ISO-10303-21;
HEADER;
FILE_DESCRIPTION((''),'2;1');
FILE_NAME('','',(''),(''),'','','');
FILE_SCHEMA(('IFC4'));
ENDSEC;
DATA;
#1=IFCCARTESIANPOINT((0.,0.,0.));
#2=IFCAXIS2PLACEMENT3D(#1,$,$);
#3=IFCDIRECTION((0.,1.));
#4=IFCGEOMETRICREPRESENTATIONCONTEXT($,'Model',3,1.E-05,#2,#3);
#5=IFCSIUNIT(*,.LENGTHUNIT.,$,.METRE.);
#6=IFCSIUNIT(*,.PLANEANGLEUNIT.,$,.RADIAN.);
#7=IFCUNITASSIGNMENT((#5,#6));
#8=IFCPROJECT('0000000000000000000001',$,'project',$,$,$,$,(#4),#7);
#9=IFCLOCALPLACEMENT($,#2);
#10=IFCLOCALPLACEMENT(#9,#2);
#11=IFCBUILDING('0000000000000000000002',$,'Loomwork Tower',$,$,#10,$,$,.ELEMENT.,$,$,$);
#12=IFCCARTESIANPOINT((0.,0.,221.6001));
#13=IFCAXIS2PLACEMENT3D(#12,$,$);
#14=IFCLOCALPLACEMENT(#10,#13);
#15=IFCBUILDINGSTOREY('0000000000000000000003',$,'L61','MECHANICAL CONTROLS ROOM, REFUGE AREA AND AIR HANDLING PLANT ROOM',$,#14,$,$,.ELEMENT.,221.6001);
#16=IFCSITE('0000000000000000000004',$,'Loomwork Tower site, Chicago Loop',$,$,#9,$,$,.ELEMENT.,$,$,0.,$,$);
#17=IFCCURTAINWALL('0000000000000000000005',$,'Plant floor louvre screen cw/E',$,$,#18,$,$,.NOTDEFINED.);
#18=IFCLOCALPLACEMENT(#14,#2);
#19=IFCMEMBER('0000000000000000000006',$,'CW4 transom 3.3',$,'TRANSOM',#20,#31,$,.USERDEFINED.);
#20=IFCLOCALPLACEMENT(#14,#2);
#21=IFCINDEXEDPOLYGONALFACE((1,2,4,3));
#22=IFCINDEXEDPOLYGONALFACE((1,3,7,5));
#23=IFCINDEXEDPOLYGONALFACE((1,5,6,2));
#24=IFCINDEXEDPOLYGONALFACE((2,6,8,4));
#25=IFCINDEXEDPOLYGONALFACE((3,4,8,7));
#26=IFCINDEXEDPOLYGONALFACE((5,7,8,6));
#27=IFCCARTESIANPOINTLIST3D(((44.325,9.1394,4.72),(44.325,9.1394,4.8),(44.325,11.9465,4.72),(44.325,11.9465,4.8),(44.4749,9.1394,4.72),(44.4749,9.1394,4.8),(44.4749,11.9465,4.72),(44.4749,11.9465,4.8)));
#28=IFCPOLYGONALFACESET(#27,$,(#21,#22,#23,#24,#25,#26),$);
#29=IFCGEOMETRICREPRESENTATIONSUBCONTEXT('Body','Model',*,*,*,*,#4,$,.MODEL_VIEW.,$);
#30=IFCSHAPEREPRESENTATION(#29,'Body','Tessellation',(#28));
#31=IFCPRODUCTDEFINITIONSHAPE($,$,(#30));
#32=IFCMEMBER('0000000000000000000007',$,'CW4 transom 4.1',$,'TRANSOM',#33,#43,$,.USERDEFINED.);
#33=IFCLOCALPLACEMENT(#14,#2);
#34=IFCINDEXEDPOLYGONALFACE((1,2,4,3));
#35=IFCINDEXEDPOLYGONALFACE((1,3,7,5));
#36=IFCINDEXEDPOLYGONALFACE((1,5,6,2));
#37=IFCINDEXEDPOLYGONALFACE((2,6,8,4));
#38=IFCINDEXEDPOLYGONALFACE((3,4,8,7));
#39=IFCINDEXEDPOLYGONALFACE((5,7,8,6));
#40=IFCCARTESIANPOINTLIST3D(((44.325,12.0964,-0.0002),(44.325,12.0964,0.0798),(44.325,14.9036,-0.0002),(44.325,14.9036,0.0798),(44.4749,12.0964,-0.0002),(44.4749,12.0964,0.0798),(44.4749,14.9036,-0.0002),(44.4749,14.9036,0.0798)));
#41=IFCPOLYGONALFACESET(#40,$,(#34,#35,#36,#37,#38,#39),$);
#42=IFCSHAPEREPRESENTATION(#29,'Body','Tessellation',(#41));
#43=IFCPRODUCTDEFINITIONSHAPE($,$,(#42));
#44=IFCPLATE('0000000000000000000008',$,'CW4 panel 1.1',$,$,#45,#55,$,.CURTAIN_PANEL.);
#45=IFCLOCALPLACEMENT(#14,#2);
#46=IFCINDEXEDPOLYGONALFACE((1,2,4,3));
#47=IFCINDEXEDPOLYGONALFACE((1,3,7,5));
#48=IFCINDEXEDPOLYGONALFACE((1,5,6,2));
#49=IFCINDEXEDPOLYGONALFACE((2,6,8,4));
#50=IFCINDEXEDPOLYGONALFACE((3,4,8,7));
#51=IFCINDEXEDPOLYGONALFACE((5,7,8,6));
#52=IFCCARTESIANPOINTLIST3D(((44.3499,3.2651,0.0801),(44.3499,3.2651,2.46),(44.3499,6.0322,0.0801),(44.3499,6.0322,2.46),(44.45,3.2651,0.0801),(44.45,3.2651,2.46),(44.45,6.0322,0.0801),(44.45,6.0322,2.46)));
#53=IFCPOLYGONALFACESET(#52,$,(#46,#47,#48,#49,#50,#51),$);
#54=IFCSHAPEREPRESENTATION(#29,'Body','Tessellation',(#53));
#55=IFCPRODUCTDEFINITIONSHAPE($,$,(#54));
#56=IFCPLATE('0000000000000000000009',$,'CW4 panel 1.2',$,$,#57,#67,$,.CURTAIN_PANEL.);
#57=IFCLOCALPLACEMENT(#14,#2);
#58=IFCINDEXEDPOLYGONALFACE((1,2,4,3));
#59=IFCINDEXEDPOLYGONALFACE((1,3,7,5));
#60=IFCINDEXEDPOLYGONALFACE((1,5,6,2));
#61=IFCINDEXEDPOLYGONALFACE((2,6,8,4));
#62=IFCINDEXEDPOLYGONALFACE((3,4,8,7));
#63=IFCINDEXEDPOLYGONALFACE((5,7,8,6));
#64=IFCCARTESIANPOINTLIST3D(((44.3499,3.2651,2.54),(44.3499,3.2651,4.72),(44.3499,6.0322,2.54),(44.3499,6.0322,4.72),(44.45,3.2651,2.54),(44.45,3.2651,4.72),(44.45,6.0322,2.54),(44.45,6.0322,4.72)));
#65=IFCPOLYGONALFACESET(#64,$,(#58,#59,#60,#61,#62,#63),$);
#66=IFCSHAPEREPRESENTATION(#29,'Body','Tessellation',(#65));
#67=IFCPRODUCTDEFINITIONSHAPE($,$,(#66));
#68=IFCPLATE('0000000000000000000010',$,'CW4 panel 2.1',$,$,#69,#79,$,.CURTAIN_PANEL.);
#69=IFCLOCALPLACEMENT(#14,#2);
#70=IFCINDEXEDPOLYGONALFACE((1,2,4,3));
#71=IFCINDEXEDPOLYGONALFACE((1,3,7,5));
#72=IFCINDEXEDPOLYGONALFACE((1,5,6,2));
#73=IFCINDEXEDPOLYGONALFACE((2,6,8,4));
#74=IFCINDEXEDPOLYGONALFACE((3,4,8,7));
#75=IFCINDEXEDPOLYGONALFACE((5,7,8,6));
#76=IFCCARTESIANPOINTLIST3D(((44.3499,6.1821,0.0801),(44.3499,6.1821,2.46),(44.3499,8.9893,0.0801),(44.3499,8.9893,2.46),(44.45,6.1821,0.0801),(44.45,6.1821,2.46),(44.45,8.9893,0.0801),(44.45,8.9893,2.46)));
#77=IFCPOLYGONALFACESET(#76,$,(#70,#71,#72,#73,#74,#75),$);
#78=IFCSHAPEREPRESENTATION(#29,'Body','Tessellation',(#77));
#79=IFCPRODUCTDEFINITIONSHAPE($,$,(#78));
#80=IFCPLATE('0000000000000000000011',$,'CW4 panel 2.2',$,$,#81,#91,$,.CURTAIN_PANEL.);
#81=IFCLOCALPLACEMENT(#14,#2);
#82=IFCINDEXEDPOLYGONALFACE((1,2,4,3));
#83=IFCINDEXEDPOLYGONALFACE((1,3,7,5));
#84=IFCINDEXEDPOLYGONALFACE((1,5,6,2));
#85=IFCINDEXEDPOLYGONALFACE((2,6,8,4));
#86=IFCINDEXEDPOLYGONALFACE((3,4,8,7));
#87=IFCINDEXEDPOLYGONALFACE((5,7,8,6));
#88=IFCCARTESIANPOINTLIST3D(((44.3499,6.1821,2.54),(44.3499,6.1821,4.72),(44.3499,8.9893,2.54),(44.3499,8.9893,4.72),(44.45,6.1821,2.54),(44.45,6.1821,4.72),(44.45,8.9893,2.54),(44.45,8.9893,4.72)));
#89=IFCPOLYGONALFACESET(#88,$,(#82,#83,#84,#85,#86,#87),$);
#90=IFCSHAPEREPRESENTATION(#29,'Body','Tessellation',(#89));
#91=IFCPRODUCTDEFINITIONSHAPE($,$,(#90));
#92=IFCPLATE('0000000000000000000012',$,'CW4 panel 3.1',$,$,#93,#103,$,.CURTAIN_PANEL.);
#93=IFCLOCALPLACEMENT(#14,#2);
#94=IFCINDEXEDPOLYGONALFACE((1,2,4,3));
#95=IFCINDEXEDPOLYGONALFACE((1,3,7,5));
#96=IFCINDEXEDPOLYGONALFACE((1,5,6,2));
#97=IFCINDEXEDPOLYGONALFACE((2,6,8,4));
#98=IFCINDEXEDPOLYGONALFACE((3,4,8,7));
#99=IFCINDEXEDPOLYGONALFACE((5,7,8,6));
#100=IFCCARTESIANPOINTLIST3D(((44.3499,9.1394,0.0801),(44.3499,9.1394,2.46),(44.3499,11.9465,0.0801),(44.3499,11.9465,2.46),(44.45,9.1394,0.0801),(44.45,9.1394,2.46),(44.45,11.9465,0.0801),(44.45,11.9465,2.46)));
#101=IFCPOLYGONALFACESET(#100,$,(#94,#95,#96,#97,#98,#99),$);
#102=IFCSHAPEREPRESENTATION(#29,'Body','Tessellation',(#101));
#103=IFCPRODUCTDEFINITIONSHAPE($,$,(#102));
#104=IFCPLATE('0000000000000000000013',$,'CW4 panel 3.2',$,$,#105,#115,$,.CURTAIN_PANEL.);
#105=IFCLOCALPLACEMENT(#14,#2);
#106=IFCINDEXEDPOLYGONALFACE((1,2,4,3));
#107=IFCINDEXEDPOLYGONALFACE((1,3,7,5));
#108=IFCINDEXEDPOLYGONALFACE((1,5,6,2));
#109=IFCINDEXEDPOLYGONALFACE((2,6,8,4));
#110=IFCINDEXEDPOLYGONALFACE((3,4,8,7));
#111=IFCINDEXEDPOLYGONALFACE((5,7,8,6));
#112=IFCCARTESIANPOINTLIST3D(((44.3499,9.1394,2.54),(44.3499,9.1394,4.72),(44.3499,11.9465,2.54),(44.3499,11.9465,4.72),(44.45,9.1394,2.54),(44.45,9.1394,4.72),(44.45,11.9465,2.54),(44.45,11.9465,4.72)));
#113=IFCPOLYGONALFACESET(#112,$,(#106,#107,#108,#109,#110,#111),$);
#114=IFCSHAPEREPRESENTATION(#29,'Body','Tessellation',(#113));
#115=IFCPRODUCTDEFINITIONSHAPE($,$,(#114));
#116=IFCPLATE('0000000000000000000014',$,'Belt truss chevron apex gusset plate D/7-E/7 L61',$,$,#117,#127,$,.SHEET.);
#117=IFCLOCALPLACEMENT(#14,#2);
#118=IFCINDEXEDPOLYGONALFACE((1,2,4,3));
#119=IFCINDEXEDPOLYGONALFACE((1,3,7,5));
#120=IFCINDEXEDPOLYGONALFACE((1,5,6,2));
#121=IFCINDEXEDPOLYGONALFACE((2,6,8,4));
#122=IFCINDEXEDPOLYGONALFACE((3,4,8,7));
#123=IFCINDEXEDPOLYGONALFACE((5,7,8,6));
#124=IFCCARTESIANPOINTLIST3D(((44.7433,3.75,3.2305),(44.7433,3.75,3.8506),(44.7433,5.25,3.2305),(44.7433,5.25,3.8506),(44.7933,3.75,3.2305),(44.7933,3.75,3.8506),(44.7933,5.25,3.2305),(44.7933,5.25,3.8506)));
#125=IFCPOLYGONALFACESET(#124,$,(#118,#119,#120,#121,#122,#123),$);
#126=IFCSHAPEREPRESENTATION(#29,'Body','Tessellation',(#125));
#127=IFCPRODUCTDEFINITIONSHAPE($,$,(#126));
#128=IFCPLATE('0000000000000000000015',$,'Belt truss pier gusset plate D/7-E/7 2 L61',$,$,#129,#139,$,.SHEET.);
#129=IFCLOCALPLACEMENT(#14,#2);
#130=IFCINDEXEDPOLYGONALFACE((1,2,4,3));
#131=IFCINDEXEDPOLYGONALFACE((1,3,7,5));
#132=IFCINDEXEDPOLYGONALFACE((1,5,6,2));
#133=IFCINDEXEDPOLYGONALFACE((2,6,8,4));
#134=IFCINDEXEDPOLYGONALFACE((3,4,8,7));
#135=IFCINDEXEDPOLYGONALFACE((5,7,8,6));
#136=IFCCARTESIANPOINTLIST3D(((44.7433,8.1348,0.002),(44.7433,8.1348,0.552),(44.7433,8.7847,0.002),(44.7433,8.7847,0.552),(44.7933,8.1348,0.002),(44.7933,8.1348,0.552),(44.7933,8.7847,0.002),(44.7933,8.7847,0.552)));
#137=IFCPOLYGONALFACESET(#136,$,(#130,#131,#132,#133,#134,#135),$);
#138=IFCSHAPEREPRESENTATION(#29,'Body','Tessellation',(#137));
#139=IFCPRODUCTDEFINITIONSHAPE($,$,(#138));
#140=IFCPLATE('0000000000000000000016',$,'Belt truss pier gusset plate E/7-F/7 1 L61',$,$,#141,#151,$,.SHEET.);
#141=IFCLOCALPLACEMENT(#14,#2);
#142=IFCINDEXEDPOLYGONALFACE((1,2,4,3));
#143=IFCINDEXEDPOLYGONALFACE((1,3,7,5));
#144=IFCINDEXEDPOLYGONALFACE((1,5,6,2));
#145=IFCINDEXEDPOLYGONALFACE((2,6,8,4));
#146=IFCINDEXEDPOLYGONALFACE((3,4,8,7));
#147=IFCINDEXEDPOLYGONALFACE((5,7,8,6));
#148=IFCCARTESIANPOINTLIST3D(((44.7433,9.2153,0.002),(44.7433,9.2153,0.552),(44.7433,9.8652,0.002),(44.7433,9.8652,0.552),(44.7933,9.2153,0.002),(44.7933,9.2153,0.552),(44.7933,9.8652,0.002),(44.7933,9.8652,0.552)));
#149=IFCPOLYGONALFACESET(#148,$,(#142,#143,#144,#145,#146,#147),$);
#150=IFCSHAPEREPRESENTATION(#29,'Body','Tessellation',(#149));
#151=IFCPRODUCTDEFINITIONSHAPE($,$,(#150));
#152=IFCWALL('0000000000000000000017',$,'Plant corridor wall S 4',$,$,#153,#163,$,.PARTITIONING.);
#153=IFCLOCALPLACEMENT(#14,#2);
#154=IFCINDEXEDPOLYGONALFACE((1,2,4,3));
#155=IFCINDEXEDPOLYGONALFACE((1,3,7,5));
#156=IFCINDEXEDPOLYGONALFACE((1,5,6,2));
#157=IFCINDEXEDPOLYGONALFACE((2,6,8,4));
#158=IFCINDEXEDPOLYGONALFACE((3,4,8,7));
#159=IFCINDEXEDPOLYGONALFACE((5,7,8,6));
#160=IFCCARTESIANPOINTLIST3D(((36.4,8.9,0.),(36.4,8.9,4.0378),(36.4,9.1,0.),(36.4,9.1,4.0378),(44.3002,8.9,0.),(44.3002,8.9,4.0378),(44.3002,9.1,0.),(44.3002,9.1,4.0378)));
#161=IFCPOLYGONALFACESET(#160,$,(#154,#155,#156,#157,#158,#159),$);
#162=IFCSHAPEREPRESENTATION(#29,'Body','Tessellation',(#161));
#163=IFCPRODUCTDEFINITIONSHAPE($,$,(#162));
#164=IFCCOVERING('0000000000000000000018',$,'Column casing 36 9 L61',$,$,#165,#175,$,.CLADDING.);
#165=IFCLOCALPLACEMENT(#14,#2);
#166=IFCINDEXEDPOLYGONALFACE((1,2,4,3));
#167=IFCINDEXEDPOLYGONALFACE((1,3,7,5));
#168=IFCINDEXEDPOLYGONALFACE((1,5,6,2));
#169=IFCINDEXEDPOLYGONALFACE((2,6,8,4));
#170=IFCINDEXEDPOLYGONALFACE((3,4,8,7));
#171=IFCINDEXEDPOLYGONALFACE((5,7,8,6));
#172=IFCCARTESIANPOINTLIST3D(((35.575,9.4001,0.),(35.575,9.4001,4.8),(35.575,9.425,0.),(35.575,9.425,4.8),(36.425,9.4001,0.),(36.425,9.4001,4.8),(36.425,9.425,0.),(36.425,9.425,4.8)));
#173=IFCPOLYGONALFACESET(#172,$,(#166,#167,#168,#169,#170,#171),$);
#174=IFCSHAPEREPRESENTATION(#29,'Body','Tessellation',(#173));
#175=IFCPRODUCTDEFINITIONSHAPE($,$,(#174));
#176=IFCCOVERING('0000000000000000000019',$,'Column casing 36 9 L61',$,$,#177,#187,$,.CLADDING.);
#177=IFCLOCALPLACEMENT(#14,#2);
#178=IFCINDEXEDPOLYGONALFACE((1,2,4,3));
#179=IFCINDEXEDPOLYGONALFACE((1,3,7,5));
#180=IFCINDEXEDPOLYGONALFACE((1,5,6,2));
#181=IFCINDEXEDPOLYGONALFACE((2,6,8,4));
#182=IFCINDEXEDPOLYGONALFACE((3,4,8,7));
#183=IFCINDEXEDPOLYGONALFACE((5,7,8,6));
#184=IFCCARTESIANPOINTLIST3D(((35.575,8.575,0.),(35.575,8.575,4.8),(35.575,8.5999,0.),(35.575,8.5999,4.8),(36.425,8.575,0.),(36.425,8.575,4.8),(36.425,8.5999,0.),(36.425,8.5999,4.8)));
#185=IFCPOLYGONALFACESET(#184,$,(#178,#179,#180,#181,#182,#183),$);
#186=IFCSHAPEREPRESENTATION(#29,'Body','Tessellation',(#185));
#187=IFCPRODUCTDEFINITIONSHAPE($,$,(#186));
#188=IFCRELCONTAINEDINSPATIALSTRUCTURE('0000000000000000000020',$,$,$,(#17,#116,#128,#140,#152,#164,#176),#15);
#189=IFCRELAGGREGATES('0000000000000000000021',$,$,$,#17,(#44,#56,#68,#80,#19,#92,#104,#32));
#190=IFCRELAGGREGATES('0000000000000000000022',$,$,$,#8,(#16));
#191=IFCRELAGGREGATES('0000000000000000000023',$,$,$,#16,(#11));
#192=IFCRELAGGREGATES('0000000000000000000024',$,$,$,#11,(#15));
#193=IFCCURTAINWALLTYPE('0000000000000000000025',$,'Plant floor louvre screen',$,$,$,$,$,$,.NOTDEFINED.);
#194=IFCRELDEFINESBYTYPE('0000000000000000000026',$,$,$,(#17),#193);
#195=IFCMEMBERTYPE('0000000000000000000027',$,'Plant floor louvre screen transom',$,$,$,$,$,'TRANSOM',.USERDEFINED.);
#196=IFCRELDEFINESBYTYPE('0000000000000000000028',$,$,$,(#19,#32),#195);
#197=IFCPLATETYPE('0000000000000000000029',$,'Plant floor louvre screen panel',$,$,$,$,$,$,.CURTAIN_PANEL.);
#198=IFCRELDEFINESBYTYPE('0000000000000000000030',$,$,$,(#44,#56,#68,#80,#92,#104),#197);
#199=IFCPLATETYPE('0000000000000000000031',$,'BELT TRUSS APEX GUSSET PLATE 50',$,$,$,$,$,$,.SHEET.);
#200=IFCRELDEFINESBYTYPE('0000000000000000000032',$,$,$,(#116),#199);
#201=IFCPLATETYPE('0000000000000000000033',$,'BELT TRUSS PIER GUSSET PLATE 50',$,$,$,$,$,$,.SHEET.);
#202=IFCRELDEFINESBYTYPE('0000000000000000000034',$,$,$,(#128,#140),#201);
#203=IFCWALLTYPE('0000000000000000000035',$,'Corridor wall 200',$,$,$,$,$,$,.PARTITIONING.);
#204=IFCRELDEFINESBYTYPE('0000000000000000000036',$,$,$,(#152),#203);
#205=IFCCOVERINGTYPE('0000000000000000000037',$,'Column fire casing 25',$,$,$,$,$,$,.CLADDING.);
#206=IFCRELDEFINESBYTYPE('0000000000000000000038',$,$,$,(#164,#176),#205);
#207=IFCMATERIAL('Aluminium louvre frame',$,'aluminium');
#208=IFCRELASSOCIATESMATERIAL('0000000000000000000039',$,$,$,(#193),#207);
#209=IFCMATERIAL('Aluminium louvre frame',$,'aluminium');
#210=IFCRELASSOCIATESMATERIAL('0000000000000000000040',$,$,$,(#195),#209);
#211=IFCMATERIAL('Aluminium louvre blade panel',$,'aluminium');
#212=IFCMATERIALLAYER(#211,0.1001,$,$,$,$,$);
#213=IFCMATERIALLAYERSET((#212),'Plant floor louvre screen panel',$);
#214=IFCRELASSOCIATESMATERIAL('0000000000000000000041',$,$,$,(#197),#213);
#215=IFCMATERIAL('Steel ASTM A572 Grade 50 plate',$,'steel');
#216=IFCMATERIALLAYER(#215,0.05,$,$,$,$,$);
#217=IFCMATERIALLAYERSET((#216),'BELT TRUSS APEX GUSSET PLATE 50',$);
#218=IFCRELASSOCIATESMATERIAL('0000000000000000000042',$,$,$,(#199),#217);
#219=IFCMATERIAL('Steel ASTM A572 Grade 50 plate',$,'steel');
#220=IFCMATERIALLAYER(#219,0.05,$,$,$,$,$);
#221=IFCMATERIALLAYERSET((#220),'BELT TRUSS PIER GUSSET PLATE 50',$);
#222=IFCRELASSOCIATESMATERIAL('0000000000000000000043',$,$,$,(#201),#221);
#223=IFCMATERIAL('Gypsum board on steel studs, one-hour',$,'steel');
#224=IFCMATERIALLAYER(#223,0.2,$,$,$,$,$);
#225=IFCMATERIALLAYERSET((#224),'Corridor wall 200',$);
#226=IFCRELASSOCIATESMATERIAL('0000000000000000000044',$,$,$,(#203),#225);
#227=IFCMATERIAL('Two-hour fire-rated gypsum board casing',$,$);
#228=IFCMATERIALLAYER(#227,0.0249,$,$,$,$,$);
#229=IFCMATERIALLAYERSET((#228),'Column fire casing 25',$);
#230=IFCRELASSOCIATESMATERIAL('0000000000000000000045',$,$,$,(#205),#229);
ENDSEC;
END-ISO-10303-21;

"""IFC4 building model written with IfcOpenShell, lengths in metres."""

from ifc_helpers import new_model, si_unit, direction, frame, frame_2d, origin, origin_2d, place, context, subcontext, project, spatial, rectangle, extrude, material, layer, layer_set, material_profile, profile_set, type_object, element, aggregate, save


model = new_model("IFC4")

# Units and contexts
model_context = context("Model", 3, precision=1e-05, world=origin(), true_north=direction((0.0, 1.0)))
body_context = subcontext(model_context, "Body", "Model", "MODEL_VIEW")
ifc_project = project(units=[si_unit("LENGTHUNIT", "METRE"), si_unit("PLANEANGLEUNIT", "RADIAN")], contexts=[model_context])

# Site, building, storey
site_placement = place(None, origin())
site = spatial("IfcSite", under=ifc_project, at=site_placement, Name="Loomwork Tower site, Chicago Loop", CompositionType="ELEMENT", RefElevation=0.0)
building_placement = place(site_placement, origin())
building = spatial("IfcBuilding", under=site, at=building_placement, Name="Loomwork Tower", CompositionType="ELEMENT")
storey_placement = place(building_placement, frame((0.0, 0.0, 221.6001)))
storey = spatial("IfcBuildingStorey", under=building, at=storey_placement, Name="L61", Description="MECHANICAL CONTROLS ROOM, REFUGE AREA AND AIR HANDLING PLANT ROOM", CompositionType="ELEMENT", Elevation=221.6001)

# Curtain wall, members, plates
ifc_material_1 = material(Name="Aluminium louvre frame", Category="aluminium")
curtain_wall_type = type_object("IfcCurtainWallType", Name="Plant floor louvre screen", PredefinedType="NOTDEFINED", material=ifc_material_1)
curtain_wall_placement = place(storey_placement, origin())
curtain_wall = element("IfcCurtainWall", 1, at=curtain_wall_placement, inside=storey, type_object=curtain_wall_type, Name="Plant floor louvre screen cw/E", PredefinedType="NOTDEFINED")
ifc_material_2 = material(Name="Aluminium louvre frame", Category="aluminium")
ifc_material_profile_1 = material_profile(ifc_material_2, rectangle(XDim=0.1499, YDim=0.0801, at=origin_2d()), Name="AL 80x150")
ifc_profile_set_1 = profile_set([ifc_material_profile_1], Name="Aluminium louvre frame")
member_type_1 = type_object("IfcMemberType", Name="Plant floor louvre screen transom", ElementType="TRANSOM", PredefinedType="USERDEFINED", material=ifc_profile_set_1)
member_1_placement = place(storey_placement, frame((44.3999, 9.1394, 4.76), z_axis=(0.0, 1.0, 0.0), x_axis=(-1.0, 0.0, 0.0)))
member_1 = element("IfcMember", 2, at=member_1_placement, type_object=member_type_1, Name="CW4 transom 3.3", ObjectType="TRANSOM", PredefinedType="USERDEFINED", context=body_context, shape_type="SweptSolid", body=[
    extrude(rectangle(XDim=0.1499, YDim=0.0801, at=origin_2d()), origin(), (0.0, 0.0, 1.0), 2.8071),
])
member_2_placement = place(storey_placement, frame((44.3999, 12.0964, 0.0398), z_axis=(0.0, 1.0, 0.0), x_axis=(-1.0, 0.0, 0.0)))
member_2 = element("IfcMember", 3, at=member_2_placement, type_object=member_type_1, Name="CW4 transom 4.1", ObjectType="TRANSOM", PredefinedType="USERDEFINED", context=body_context, shape_type="SweptSolid", body=[
    extrude(rectangle(XDim=0.1499, YDim=0.0801, at=origin_2d()), origin(), (0.0, 0.0, 1.0), 2.8071),
])
ifc_material_3 = material(Name="Aluminium louvre blade panel", Category="aluminium")
ifc_layer_1 = layer(ifc_material_3, 0.1001)
ifc_layer_set_1 = layer_set([ifc_layer_1], Name="Plant floor louvre screen panel")
plate_type_1 = type_object("IfcPlateType", Name="Plant floor louvre screen panel", PredefinedType="CURTAIN_PANEL", material=ifc_layer_set_1)
plate_1_placement = place(storey_placement, frame((44.3999, 4.6487, 0.0801), z_axis=(0.0, 0.0, 1.0), x_axis=(0.0, 1.0, 0.0)))
plate_1 = element("IfcPlate", 4, at=plate_1_placement, type_object=plate_type_1, Name="CW4 panel 1.1", PredefinedType="CURTAIN_PANEL", context=body_context, shape_type="SweptSolid", body=[
    extrude(rectangle(XDim=2.7671, YDim=0.1001, at=origin_2d()), origin(), (0.0, 0.0, 1.0), 2.3799),
])
plate_2_placement = place(storey_placement, frame((44.3999, 4.6487, 2.54), z_axis=(0.0, 0.0, 1.0), x_axis=(0.0, 1.0, 0.0)))
plate_2 = element("IfcPlate", 5, at=plate_2_placement, type_object=plate_type_1, Name="CW4 panel 1.2", PredefinedType="CURTAIN_PANEL", context=body_context, shape_type="SweptSolid", body=[
    extrude(rectangle(XDim=2.7671, YDim=0.1001, at=origin_2d()), origin(), (0.0, 0.0, 1.0), 2.1799),
])
plate_3_placement = place(storey_placement, frame((44.3999, 7.5857, 0.0801), z_axis=(0.0, 0.0, 1.0), x_axis=(0.0, 1.0, 0.0)))
plate_3 = element("IfcPlate", 6, at=plate_3_placement, type_object=plate_type_1, Name="CW4 panel 2.1", PredefinedType="CURTAIN_PANEL", context=body_context, shape_type="SweptSolid", body=[
    extrude(rectangle(XDim=2.8071, YDim=0.1001, at=origin_2d()), origin(), (0.0, 0.0, 1.0), 2.3799),
])
plate_4_placement = place(storey_placement, frame((44.3999, 7.5857, 2.54), z_axis=(0.0, 0.0, 1.0), x_axis=(0.0, 1.0, 0.0)))
plate_4 = element("IfcPlate", 7, at=plate_4_placement, type_object=plate_type_1, Name="CW4 panel 2.2", PredefinedType="CURTAIN_PANEL", context=body_context, shape_type="SweptSolid", body=[
    extrude(rectangle(XDim=2.8071, YDim=0.1001, at=origin_2d()), origin(), (0.0, 0.0, 1.0), 2.1799),
])
plate_5_placement = place(storey_placement, frame((44.3999, 10.543, 0.0801), z_axis=(0.0, 0.0, 1.0), x_axis=(0.0, 1.0, 0.0)))
plate_5 = element("IfcPlate", 8, at=plate_5_placement, type_object=plate_type_1, Name="CW4 panel 3.1", PredefinedType="CURTAIN_PANEL", context=body_context, shape_type="SweptSolid", body=[
    extrude(rectangle(XDim=2.8071, YDim=0.1001, at=origin_2d()), origin(), (0.0, 0.0, 1.0), 2.3799),
])
plate_6_placement = place(storey_placement, frame((44.3999, 10.543, 2.54), z_axis=(0.0, 0.0, 1.0), x_axis=(0.0, 1.0, 0.0)))
plate_6 = element("IfcPlate", 9, at=plate_6_placement, type_object=plate_type_1, Name="CW4 panel 3.2", PredefinedType="CURTAIN_PANEL", context=body_context, shape_type="SweptSolid", body=[
    extrude(rectangle(XDim=2.8071, YDim=0.1001, at=origin_2d()), origin(), (0.0, 0.0, 1.0), 2.1799),
])
aggregate(curtain_wall, [plate_1, plate_2, plate_3, plate_4, member_1, plate_5, plate_6, member_2])

# Plates
ifc_material_4 = material(Name="Steel ASTM A572 Grade 50 plate", Category="steel")
ifc_layer_2 = layer(ifc_material_4, 0.05)
ifc_layer_set_2 = layer_set([ifc_layer_2], Name="BELT TRUSS APEX GUSSET PLATE 50")
plate_type_2 = type_object("IfcPlateType", Name="BELT TRUSS APEX GUSSET PLATE 50", PredefinedType="SHEET", material=ifc_layer_set_2)
plate_7_placement = place(storey_placement, frame((44.7683, 4.5, 3.2305), z_axis=(0.0, 0.0, 1.0), x_axis=(0.0, 1.0, 0.0)))
element("IfcPlate", 10, at=plate_7_placement, inside=storey, type_object=plate_type_2, Name="Belt truss chevron apex gusset plate D/7-E/7 L61", PredefinedType="SHEET", context=body_context, shape_type="SweptSolid", body=[
    extrude(rectangle(XDim=1.5, YDim=0.05, at=origin_2d()), origin(), (0.0, 0.0, 1.0), 0.6201),
])
ifc_material_5 = material(Name="Steel ASTM A572 Grade 50 plate", Category="steel")
ifc_layer_3 = layer(ifc_material_5, 0.05)
ifc_layer_set_3 = layer_set([ifc_layer_3], Name="BELT TRUSS PIER GUSSET PLATE 50")
plate_type_3 = type_object("IfcPlateType", Name="BELT TRUSS PIER GUSSET PLATE 50", PredefinedType="SHEET", material=ifc_layer_set_3)
for number, where, z_axis, x_axis, name in (
    (11, (44.7683, 8.4597, 0.002), (0.0, 0.0, 1.0), (0.0, 1.0, 0.0), "Belt truss pier gusset plate D/7-E/7 2 L61"),
    (12, (44.7683, 9.5403, 0.002), (0.0, 0.0, 1.0), (0.0, 1.0, 0.0), "Belt truss pier gusset plate E/7-F/7 1 L61"),
):
    element("IfcPlate", number, at=place(storey_placement, frame(where, z_axis=z_axis, x_axis=x_axis)), inside=storey, type_object=plate_type_3, Name=name, PredefinedType="SHEET", context=body_context, shape_type="SweptSolid", body=[
        extrude(rectangle(XDim=0.6499, YDim=0.05, at=origin_2d()), origin(), (0.0, 0.0, 1.0), 0.55),
    ])

# Wall
ifc_material_6 = material(Name="Gypsum board on steel studs, one-hour", Category="steel")
ifc_layer_4 = layer(ifc_material_6, 0.2)
ifc_layer_set_4 = layer_set([ifc_layer_4], Name="Corridor wall 200")
wall_type = type_object("IfcWallType", Name="Corridor wall 200", PredefinedType="PARTITIONING", material=ifc_layer_set_4)
wall_placement = place(storey_placement, frame((36.3999, 9.0, 0.0), z_axis=(0.0, 0.0, 1.0), x_axis=(1.0, 0.0, 0.0)))
element("IfcWall", 13, at=wall_placement, inside=storey, type_object=wall_type, Name="Plant corridor wall S 4", PredefinedType="PARTITIONING", context=body_context, shape_type="SweptSolid", body=[
    extrude(rectangle(XDim=7.9001, YDim=0.2, at=frame_2d((3.9502, 0.0))), origin(), (0.0, 0.0, 1.0), 4.0378),
])

# Coverings
ifc_material_7 = material(Name="Two-hour fire-rated gypsum board casing")
ifc_layer_5 = layer(ifc_material_7, 0.0249)
ifc_layer_set_5 = layer_set([ifc_layer_5], Name="Column fire casing 25")
covering_type_1 = type_object("IfcCoveringType", Name="Column fire casing 25", PredefinedType="CLADDING", material=ifc_layer_set_5)
for number, where, z_axis, x_axis, name in (
    (14, (36.0, 9.4126, 0.0), (0.0, 0.0, 1.0), (1.0, 0.0, 0.0), "Column casing 36 9 L61"),
    (15, (36.0, 8.5874, 0.0), (0.0, 0.0, 1.0), (1.0, 0.0, 0.0), "Column casing 36 9 L61"),
):
    element("IfcCovering", number, at=place(storey_placement, frame(where, z_axis=z_axis, x_axis=x_axis)), inside=storey, type_object=covering_type_1, Name=name, PredefinedType="CLADDING", context=body_context, shape_type="SweptSolid", body=[
        extrude(rectangle(XDim=0.8501, YDim=0.0249, at=origin_2d()), origin(), (0.0, 0.0, 1.0), 4.8),
    ])

save(model, "model.ifc")
